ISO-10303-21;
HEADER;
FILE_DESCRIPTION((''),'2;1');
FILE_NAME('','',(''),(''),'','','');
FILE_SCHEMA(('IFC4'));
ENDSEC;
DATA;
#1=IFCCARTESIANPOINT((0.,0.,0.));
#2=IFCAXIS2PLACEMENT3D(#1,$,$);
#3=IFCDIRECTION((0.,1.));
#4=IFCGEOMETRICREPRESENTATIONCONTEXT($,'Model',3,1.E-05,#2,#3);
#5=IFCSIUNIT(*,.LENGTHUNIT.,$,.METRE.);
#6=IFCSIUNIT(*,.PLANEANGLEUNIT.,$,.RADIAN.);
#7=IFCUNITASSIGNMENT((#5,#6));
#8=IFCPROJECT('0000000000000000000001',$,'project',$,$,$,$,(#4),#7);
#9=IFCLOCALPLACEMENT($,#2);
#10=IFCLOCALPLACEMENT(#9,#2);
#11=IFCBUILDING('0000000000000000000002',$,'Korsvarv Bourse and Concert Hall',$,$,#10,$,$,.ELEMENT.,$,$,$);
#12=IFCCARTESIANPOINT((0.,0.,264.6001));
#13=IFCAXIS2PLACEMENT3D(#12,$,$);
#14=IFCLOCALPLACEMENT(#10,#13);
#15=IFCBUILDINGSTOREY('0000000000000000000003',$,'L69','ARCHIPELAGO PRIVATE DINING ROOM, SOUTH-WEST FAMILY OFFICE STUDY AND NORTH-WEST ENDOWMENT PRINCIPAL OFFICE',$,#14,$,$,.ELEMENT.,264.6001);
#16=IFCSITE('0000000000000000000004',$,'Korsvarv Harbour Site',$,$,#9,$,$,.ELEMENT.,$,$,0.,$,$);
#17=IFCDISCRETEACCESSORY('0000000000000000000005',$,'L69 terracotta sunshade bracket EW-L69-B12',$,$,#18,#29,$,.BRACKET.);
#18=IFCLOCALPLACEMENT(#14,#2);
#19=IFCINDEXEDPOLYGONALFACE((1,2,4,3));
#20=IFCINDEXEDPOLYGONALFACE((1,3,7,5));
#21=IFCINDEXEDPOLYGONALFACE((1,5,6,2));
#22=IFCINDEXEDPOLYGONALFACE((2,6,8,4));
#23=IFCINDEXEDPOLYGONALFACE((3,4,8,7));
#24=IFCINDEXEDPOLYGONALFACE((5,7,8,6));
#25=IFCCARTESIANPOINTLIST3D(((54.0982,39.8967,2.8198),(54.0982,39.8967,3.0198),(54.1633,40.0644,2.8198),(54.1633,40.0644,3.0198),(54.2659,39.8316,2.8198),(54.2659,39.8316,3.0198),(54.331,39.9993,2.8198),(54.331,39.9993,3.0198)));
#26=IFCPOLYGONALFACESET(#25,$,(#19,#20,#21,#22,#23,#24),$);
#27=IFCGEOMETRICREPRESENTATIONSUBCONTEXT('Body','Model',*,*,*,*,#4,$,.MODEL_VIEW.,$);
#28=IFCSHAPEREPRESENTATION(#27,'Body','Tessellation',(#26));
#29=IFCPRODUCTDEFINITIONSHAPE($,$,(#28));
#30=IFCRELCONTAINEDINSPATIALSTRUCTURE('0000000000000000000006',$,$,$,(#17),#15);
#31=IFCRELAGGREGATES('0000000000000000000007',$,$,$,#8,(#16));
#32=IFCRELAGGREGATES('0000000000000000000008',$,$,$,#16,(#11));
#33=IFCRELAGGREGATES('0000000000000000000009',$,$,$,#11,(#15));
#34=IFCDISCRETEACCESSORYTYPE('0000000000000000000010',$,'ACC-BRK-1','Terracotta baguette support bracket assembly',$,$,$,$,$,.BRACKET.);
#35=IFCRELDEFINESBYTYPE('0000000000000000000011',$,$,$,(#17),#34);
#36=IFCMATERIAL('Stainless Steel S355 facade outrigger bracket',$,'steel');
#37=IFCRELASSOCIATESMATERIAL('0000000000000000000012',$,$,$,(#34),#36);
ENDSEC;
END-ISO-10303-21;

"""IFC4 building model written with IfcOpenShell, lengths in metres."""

from ifc_helpers import new_model, si_unit, direction, frame, origin, origin_2d, place, context, subcontext, project, spatial, rectangle, extrude, source, transform, mapped, material, type_object, element, save


model = new_model("IFC4")

# Units and contexts
model_context = context("Model", 3, precision=1e-05, world=origin(), true_north=direction((0.0, 1.0)))
body_context = subcontext(model_context, "Body", "Model", "MODEL_VIEW")
ifc_project = project(units=[si_unit("LENGTHUNIT", "METRE"), si_unit("PLANEANGLEUNIT", "RADIAN")], contexts=[model_context])

# Site, building, storey
site_placement = place(None, origin())
site = spatial("IfcSite", under=ifc_project, at=site_placement, Name="Korsvarv Harbour Site", CompositionType="ELEMENT", RefElevation=0.0)
building_placement = place(site_placement, origin())
building = spatial("IfcBuilding", under=site, at=building_placement, Name="Korsvarv Bourse and Concert Hall", CompositionType="ELEMENT")
storey_placement = place(building_placement, frame((0.0, 0.0, 264.6001)))
storey = spatial("IfcBuildingStorey", under=building, at=storey_placement, Name="L69", Description="ARCHIPELAGO PRIVATE DINING ROOM, SOUTH-WEST FAMILY OFFICE STUDY AND NORTH-WEST ENDOWMENT PRINCIPAL OFFICE", CompositionType="ELEMENT", Elevation=264.6001)

# Discrete accessory
ifc_material_1 = material(Name="Stainless Steel S355 facade outrigger bracket", Category="steel")
discrete_accessory_type = type_object("IfcDiscreteAccessoryType", Name="ACC-BRK-1", Description="Terracotta baguette support bracket assembly", PredefinedType="BRACKET", material=ifc_material_1)
shared_shape_1 = source(origin(), body_context, "Body", "SweptSolid", [
    extrude(rectangle(XDim=0.1799, YDim=0.1799, at=origin_2d()), origin(), (0.0, 0.0, 1.0), 0.2),
])
for number, where, z_axis, x_axis, name in (
    (1, (54.2146, 39.948, 2.8198), (0.0, 0.0, 1.0), (0.36195, 0.932198, 0.0), "L69 terracotta sunshade bracket EW-L69-B12"),
):
    element("IfcDiscreteAccessory", number, at=place(storey_placement, frame(where, z_axis=z_axis, x_axis=x_axis)), inside=storey, type_object=discrete_accessory_type, Name=name, PredefinedType="BRACKET", context=body_context, shape_type="MappedRepresentation", body=[
        mapped(shared_shape_1, transform((0.0, 0.0, 0.0), scale=1.0)),
    ])

save(model, "model.ifc")
